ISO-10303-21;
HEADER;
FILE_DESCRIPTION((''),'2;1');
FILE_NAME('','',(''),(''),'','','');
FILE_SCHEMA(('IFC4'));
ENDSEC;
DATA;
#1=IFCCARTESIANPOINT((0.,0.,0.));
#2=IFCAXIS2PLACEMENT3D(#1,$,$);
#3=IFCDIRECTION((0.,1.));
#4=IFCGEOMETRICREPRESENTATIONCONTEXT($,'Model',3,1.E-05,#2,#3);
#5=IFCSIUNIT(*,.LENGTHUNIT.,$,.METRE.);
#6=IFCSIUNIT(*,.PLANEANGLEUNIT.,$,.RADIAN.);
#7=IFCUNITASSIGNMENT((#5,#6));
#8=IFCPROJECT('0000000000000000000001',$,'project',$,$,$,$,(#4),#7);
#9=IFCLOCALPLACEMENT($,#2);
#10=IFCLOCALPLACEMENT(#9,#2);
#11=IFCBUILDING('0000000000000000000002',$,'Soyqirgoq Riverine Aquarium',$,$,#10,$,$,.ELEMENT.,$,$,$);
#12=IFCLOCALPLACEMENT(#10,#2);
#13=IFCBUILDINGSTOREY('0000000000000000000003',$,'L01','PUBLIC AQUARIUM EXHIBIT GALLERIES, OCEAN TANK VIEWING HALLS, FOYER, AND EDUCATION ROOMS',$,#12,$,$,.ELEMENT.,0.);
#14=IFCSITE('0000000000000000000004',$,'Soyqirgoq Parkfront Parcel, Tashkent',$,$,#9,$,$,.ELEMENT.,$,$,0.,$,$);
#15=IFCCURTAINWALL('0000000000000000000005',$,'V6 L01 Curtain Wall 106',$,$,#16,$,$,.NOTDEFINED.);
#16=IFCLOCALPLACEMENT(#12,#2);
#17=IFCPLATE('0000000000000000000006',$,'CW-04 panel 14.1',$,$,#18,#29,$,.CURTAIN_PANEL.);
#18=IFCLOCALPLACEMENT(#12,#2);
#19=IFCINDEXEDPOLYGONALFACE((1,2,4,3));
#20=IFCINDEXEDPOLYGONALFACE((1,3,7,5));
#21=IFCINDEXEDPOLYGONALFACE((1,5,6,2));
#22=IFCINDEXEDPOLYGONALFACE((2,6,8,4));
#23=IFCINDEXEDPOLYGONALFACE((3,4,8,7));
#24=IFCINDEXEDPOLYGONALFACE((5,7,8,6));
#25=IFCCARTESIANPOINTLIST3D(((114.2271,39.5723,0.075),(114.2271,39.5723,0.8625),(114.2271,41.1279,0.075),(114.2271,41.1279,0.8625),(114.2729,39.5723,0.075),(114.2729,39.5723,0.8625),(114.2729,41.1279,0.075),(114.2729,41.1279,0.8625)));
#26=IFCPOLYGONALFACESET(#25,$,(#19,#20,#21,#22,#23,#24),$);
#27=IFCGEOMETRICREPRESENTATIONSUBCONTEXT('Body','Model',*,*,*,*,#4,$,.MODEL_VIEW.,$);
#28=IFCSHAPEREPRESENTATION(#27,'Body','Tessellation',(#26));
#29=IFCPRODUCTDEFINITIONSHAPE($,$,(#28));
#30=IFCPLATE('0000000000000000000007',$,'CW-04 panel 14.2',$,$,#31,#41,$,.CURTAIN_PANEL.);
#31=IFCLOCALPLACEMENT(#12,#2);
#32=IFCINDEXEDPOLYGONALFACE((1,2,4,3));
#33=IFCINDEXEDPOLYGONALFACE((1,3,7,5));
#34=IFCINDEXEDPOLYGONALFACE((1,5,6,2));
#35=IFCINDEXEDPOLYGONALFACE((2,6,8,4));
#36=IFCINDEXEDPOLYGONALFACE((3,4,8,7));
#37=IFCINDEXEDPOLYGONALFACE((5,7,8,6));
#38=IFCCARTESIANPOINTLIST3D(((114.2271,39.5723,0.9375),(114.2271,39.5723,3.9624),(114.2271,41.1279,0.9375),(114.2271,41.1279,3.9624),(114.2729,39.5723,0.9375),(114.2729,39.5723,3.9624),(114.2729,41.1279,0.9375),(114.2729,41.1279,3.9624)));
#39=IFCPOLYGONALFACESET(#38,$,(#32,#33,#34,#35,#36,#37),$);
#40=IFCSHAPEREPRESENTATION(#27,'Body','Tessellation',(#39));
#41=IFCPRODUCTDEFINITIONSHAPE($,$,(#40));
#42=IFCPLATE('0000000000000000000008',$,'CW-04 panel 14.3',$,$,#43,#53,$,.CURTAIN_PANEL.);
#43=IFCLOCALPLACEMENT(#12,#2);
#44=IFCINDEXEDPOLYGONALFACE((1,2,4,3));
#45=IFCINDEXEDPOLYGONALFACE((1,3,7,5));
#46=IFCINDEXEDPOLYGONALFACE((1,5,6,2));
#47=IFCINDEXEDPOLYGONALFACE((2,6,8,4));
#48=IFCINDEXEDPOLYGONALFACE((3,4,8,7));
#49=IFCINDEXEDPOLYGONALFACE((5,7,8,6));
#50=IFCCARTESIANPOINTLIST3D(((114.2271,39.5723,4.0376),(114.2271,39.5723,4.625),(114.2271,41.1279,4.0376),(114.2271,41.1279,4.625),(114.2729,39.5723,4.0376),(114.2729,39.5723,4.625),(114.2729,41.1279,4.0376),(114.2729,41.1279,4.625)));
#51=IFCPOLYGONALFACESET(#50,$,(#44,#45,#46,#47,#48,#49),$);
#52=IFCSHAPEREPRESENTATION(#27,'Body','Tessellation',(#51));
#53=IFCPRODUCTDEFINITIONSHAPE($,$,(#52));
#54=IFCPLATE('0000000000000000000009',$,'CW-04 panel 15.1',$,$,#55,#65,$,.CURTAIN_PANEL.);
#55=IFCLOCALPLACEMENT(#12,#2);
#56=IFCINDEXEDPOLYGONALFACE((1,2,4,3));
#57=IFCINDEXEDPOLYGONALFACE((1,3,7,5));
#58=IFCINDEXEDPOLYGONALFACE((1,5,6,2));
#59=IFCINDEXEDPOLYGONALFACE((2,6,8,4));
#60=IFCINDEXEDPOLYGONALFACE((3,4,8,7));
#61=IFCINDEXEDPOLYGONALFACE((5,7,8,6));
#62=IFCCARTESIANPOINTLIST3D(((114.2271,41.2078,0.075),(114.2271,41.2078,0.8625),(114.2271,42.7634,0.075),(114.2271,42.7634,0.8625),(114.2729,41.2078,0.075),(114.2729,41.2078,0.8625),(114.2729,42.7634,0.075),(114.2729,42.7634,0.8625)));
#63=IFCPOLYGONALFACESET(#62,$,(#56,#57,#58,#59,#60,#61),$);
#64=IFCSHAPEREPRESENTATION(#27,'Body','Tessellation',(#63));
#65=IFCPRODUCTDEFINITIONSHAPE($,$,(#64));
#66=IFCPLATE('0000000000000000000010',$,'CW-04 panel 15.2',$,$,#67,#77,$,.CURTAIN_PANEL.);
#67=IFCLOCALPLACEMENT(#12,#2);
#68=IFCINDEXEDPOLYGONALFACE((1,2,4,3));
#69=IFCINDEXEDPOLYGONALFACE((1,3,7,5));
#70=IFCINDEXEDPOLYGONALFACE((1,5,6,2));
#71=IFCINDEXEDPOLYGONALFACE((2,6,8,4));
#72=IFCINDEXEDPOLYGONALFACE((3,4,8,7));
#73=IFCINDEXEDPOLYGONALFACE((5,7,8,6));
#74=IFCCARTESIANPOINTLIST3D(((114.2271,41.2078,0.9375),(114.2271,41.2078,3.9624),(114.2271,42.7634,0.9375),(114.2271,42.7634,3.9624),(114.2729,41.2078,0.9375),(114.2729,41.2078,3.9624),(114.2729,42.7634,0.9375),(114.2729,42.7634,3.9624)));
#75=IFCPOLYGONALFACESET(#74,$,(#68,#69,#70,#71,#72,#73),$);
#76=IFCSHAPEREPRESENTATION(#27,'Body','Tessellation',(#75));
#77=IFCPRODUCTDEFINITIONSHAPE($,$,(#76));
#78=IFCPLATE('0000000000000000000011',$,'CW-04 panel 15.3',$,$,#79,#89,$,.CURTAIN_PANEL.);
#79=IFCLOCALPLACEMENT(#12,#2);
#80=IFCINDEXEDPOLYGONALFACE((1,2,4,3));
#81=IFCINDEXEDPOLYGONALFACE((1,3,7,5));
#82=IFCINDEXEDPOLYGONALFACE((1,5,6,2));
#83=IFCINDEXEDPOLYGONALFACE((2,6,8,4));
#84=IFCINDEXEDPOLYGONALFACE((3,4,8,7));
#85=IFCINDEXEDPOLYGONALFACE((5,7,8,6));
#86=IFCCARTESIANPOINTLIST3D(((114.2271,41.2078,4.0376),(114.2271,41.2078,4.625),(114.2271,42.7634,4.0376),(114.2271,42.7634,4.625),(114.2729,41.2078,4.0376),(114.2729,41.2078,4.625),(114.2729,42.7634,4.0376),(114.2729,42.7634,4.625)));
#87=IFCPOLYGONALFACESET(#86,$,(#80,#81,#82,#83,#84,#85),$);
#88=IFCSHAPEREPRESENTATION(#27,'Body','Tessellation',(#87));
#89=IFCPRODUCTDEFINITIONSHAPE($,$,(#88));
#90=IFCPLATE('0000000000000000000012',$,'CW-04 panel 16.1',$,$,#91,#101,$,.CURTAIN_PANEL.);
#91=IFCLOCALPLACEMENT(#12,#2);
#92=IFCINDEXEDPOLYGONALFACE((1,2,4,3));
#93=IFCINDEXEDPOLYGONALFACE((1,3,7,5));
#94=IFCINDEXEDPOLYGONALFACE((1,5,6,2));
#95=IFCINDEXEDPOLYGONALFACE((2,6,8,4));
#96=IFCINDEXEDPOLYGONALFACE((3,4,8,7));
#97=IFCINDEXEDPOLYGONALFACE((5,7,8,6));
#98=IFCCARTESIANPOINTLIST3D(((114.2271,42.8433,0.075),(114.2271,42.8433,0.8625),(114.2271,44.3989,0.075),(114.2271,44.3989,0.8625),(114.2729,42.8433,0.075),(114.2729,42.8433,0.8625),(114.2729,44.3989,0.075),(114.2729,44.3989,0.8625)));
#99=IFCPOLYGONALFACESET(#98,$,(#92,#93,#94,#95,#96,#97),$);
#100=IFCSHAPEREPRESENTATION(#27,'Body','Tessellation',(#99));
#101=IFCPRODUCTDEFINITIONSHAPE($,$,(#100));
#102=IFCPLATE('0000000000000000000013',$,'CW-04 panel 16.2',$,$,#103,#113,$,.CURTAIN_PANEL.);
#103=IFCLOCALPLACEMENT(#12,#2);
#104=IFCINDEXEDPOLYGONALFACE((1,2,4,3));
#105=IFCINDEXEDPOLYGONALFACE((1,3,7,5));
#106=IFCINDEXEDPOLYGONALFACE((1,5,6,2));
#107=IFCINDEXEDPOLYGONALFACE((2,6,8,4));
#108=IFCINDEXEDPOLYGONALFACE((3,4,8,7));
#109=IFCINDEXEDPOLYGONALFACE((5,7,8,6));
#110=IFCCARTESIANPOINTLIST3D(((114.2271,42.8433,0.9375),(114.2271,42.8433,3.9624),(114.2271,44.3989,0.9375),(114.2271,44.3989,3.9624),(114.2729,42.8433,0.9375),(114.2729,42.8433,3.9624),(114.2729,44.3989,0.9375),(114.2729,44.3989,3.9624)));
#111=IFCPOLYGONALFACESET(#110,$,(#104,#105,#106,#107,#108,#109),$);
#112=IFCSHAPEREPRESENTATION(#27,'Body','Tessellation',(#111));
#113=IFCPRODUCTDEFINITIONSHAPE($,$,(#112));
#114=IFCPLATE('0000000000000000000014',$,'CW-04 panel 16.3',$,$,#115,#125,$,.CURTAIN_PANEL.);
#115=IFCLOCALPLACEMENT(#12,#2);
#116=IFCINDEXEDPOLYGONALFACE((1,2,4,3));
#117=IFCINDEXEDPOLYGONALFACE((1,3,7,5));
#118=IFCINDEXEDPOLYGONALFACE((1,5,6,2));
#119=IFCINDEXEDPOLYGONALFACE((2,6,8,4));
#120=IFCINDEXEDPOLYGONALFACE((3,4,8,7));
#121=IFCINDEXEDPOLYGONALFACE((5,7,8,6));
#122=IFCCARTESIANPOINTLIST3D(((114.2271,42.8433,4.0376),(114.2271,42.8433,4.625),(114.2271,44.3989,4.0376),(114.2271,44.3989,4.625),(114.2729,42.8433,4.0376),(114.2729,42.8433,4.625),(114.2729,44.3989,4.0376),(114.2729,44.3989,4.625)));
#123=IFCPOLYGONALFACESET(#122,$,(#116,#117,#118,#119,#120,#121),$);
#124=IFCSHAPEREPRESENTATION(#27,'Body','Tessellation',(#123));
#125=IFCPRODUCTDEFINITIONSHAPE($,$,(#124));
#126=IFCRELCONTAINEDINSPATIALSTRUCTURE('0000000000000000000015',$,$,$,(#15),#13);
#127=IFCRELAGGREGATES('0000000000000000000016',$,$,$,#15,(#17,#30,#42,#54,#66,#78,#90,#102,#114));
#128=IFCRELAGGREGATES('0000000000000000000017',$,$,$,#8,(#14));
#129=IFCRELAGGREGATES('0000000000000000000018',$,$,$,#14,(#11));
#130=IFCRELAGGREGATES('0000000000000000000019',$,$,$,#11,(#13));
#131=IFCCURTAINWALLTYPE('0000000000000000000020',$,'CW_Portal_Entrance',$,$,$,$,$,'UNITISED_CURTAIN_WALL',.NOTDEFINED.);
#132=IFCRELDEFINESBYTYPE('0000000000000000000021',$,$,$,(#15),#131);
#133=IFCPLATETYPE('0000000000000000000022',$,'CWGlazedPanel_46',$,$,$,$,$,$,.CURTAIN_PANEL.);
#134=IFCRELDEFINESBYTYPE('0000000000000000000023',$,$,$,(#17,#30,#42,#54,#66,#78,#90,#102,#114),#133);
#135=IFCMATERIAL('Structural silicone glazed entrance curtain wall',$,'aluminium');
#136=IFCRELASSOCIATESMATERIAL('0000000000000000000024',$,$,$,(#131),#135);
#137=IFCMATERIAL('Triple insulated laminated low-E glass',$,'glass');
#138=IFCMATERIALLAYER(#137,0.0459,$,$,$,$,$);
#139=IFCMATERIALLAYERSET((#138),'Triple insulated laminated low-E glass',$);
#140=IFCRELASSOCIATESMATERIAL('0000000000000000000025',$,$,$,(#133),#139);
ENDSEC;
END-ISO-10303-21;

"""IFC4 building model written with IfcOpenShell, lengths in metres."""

from ifc_helpers import new_model, si_unit, direction, frame, origin, origin_2d, place, context, subcontext, project, spatial, rectangle, extrude, material, layer, layer_set, type_object, element, aggregate, save


model = new_model("IFC4")

# Units and contexts
model_context = context("Model", 3, precision=1e-05, world=origin(), true_north=direction((0.0, 1.0)))
body_context = subcontext(model_context, "Body", "Model", "MODEL_VIEW")
ifc_project = project(units=[si_unit("LENGTHUNIT", "METRE"), si_unit("PLANEANGLEUNIT", "RADIAN")], contexts=[model_context])

# Site, building, storey
site_placement = place(None, origin())
site = spatial("IfcSite", under=ifc_project, at=site_placement, Name="Soyqirgoq Parkfront Parcel, Tashkent", CompositionType="ELEMENT", RefElevation=0.0)
building_placement = place(site_placement, origin())
building = spatial("IfcBuilding", under=site, at=building_placement, Name="Soyqirgoq Riverine Aquarium", CompositionType="ELEMENT")
storey_placement = place(building_placement, origin())
storey = spatial("IfcBuildingStorey", under=building, at=storey_placement, Name="L01", Description="PUBLIC AQUARIUM EXHIBIT GALLERIES, OCEAN TANK VIEWING HALLS, FOYER, AND EDUCATION ROOMS", CompositionType="ELEMENT", Elevation=0.0)

# Curtain wall
ifc_material_1 = material(Name="Structural silicone glazed entrance curtain wall", Category="aluminium")
curtain_wall_type = type_object("IfcCurtainWallType", Name="CW_Portal_Entrance", ElementType="UNITISED_CURTAIN_WALL", PredefinedType="NOTDEFINED", material=ifc_material_1)
curtain_wall_placement = place(storey_placement, origin())
curtain_wall = element("IfcCurtainWall", 1, at=curtain_wall_placement, inside=storey, type_object=curtain_wall_type, Name="V6 L01 Curtain Wall 106", PredefinedType="NOTDEFINED")

# Plates
ifc_material_2 = material(Name="Triple insulated laminated low-E glass", Category="glass")
ifc_layer = layer(ifc_material_2, 0.0459)
ifc_layer_set = layer_set([ifc_layer], Name="Triple insulated laminated low-E glass")
plate_type = type_object("IfcPlateType", Name="CWGlazedPanel_46", PredefinedType="CURTAIN_PANEL", material=ifc_layer_set)
plate_1_placement = place(storey_placement, frame((114.25, 40.3501, 0.075), z_axis=(0.0, 0.0, 1.0), x_axis=(0.0, 1.0, 0.0)))
plate_1 = element("IfcPlate", 2, at=plate_1_placement, type_object=plate_type, Name="CW-04 panel 14.1", PredefinedType="CURTAIN_PANEL", context=body_context, shape_type="SweptSolid", body=[
    extrude(rectangle(XDim=1.5557, YDim=0.0459, at=origin_2d()), origin(), (0.0, 0.0, 1.0), 0.7876),
])
plate_2_placement = place(storey_placement, frame((114.25, 40.3501, 0.9375), z_axis=(0.0, 0.0, 1.0), x_axis=(0.0, 1.0, 0.0)))
plate_2 = element("IfcPlate", 3, at=plate_2_placement, type_object=plate_type, Name="CW-04 panel 14.2", PredefinedType="CURTAIN_PANEL", context=body_context, shape_type="SweptSolid", body=[
    extrude(rectangle(XDim=1.5557, YDim=0.0459, at=origin_2d()), origin(), (0.0, 0.0, 1.0), 3.0249),
])
plate_3_placement = place(storey_placement, frame((114.25, 40.3501, 4.0376), z_axis=(0.0, 0.0, 1.0), x_axis=(0.0, 1.0, 0.0)))
plate_3 = element("IfcPlate", 4, at=plate_3_placement, type_object=plate_type, Name="CW-04 panel 14.3", PredefinedType="CURTAIN_PANEL", context=body_context, shape_type="SweptSolid", body=[
    extrude(rectangle(XDim=1.5557, YDim=0.0459, at=origin_2d()), origin(), (0.0, 0.0, 1.0), 0.5874),
])
plate_4_placement = place(storey_placement, frame((114.25, 41.9856, 0.075), z_axis=(0.0, 0.0, 1.0), x_axis=(0.0, 1.0, 0.0)))
plate_4 = element("IfcPlate", 5, at=plate_4_placement, type_object=plate_type, Name="CW-04 panel 15.1", PredefinedType="CURTAIN_PANEL", context=body_context, shape_type="SweptSolid", body=[
    extrude(rectangle(XDim=1.5557, YDim=0.0459, at=origin_2d()), origin(), (0.0, 0.0, 1.0), 0.7876),
])
plate_5_placement = place(storey_placement, frame((114.25, 41.9856, 0.9375), z_axis=(0.0, 0.0, 1.0), x_axis=(0.0, 1.0, 0.0)))
plate_5 = element("IfcPlate", 6, at=plate_5_placement, type_object=plate_type, Name="CW-04 panel 15.2", PredefinedType="CURTAIN_PANEL", context=body_context, shape_type="SweptSolid", body=[
    extrude(rectangle(XDim=1.5557, YDim=0.0459, at=origin_2d()), origin(), (0.0, 0.0, 1.0), 3.0249),
])
plate_6_placement = place(storey_placement, frame((114.25, 41.9856, 4.0376), z_axis=(0.0, 0.0, 1.0), x_axis=(0.0, 1.0, 0.0)))
plate_6 = element("IfcPlate", 7, at=plate_6_placement, type_object=plate_type, Name="CW-04 panel 15.3", PredefinedType="CURTAIN_PANEL", context=body_context, shape_type="SweptSolid", body=[
    extrude(rectangle(XDim=1.5557, YDim=0.0459, at=origin_2d()), origin(), (0.0, 0.0, 1.0), 0.5874),
])
plate_7_placement = place(storey_placement, frame((114.25, 43.6211, 0.075), z_axis=(0.0, 0.0, 1.0), x_axis=(0.0, 1.0, 0.0)))
plate_7 = element("IfcPlate", 8, at=plate_7_placement, type_object=plate_type, Name="CW-04 panel 16.1", PredefinedType="CURTAIN_PANEL", context=body_context, shape_type="SweptSolid", body=[
    extrude(rectangle(XDim=1.5557, YDim=0.0459, at=origin_2d()), origin(), (0.0, 0.0, 1.0), 0.7876),
])
plate_8_placement = place(storey_placement, frame((114.25, 43.6211, 0.9375), z_axis=(0.0, 0.0, 1.0), x_axis=(0.0, 1.0, 0.0)))
plate_8 = element("IfcPlate", 9, at=plate_8_placement, type_object=plate_type, Name="CW-04 panel 16.2", PredefinedType="CURTAIN_PANEL", context=body_context, shape_type="SweptSolid", body=[
    extrude(rectangle(XDim=1.5557, YDim=0.0459, at=origin_2d()), origin(), (0.0, 0.0, 1.0), 3.0249),
])
plate_9_placement = place(storey_placement, frame((114.25, 43.6211, 4.0376), z_axis=(0.0, 0.0, 1.0), x_axis=(0.0, 1.0, 0.0)))
plate_9 = element("IfcPlate", 10, at=plate_9_placement, type_object=plate_type, Name="CW-04 panel 16.3", PredefinedType="CURTAIN_PANEL", context=body_context, shape_type="SweptSolid", body=[
    extrude(rectangle(XDim=1.5557, YDim=0.0459, at=origin_2d()), origin(), (0.0, 0.0, 1.0), 0.5874),
])
aggregate(curtain_wall, [plate_1, plate_2, plate_3, plate_4, plate_5, plate_6, plate_7, plate_8, plate_9])

save(model, "model.ifc")
